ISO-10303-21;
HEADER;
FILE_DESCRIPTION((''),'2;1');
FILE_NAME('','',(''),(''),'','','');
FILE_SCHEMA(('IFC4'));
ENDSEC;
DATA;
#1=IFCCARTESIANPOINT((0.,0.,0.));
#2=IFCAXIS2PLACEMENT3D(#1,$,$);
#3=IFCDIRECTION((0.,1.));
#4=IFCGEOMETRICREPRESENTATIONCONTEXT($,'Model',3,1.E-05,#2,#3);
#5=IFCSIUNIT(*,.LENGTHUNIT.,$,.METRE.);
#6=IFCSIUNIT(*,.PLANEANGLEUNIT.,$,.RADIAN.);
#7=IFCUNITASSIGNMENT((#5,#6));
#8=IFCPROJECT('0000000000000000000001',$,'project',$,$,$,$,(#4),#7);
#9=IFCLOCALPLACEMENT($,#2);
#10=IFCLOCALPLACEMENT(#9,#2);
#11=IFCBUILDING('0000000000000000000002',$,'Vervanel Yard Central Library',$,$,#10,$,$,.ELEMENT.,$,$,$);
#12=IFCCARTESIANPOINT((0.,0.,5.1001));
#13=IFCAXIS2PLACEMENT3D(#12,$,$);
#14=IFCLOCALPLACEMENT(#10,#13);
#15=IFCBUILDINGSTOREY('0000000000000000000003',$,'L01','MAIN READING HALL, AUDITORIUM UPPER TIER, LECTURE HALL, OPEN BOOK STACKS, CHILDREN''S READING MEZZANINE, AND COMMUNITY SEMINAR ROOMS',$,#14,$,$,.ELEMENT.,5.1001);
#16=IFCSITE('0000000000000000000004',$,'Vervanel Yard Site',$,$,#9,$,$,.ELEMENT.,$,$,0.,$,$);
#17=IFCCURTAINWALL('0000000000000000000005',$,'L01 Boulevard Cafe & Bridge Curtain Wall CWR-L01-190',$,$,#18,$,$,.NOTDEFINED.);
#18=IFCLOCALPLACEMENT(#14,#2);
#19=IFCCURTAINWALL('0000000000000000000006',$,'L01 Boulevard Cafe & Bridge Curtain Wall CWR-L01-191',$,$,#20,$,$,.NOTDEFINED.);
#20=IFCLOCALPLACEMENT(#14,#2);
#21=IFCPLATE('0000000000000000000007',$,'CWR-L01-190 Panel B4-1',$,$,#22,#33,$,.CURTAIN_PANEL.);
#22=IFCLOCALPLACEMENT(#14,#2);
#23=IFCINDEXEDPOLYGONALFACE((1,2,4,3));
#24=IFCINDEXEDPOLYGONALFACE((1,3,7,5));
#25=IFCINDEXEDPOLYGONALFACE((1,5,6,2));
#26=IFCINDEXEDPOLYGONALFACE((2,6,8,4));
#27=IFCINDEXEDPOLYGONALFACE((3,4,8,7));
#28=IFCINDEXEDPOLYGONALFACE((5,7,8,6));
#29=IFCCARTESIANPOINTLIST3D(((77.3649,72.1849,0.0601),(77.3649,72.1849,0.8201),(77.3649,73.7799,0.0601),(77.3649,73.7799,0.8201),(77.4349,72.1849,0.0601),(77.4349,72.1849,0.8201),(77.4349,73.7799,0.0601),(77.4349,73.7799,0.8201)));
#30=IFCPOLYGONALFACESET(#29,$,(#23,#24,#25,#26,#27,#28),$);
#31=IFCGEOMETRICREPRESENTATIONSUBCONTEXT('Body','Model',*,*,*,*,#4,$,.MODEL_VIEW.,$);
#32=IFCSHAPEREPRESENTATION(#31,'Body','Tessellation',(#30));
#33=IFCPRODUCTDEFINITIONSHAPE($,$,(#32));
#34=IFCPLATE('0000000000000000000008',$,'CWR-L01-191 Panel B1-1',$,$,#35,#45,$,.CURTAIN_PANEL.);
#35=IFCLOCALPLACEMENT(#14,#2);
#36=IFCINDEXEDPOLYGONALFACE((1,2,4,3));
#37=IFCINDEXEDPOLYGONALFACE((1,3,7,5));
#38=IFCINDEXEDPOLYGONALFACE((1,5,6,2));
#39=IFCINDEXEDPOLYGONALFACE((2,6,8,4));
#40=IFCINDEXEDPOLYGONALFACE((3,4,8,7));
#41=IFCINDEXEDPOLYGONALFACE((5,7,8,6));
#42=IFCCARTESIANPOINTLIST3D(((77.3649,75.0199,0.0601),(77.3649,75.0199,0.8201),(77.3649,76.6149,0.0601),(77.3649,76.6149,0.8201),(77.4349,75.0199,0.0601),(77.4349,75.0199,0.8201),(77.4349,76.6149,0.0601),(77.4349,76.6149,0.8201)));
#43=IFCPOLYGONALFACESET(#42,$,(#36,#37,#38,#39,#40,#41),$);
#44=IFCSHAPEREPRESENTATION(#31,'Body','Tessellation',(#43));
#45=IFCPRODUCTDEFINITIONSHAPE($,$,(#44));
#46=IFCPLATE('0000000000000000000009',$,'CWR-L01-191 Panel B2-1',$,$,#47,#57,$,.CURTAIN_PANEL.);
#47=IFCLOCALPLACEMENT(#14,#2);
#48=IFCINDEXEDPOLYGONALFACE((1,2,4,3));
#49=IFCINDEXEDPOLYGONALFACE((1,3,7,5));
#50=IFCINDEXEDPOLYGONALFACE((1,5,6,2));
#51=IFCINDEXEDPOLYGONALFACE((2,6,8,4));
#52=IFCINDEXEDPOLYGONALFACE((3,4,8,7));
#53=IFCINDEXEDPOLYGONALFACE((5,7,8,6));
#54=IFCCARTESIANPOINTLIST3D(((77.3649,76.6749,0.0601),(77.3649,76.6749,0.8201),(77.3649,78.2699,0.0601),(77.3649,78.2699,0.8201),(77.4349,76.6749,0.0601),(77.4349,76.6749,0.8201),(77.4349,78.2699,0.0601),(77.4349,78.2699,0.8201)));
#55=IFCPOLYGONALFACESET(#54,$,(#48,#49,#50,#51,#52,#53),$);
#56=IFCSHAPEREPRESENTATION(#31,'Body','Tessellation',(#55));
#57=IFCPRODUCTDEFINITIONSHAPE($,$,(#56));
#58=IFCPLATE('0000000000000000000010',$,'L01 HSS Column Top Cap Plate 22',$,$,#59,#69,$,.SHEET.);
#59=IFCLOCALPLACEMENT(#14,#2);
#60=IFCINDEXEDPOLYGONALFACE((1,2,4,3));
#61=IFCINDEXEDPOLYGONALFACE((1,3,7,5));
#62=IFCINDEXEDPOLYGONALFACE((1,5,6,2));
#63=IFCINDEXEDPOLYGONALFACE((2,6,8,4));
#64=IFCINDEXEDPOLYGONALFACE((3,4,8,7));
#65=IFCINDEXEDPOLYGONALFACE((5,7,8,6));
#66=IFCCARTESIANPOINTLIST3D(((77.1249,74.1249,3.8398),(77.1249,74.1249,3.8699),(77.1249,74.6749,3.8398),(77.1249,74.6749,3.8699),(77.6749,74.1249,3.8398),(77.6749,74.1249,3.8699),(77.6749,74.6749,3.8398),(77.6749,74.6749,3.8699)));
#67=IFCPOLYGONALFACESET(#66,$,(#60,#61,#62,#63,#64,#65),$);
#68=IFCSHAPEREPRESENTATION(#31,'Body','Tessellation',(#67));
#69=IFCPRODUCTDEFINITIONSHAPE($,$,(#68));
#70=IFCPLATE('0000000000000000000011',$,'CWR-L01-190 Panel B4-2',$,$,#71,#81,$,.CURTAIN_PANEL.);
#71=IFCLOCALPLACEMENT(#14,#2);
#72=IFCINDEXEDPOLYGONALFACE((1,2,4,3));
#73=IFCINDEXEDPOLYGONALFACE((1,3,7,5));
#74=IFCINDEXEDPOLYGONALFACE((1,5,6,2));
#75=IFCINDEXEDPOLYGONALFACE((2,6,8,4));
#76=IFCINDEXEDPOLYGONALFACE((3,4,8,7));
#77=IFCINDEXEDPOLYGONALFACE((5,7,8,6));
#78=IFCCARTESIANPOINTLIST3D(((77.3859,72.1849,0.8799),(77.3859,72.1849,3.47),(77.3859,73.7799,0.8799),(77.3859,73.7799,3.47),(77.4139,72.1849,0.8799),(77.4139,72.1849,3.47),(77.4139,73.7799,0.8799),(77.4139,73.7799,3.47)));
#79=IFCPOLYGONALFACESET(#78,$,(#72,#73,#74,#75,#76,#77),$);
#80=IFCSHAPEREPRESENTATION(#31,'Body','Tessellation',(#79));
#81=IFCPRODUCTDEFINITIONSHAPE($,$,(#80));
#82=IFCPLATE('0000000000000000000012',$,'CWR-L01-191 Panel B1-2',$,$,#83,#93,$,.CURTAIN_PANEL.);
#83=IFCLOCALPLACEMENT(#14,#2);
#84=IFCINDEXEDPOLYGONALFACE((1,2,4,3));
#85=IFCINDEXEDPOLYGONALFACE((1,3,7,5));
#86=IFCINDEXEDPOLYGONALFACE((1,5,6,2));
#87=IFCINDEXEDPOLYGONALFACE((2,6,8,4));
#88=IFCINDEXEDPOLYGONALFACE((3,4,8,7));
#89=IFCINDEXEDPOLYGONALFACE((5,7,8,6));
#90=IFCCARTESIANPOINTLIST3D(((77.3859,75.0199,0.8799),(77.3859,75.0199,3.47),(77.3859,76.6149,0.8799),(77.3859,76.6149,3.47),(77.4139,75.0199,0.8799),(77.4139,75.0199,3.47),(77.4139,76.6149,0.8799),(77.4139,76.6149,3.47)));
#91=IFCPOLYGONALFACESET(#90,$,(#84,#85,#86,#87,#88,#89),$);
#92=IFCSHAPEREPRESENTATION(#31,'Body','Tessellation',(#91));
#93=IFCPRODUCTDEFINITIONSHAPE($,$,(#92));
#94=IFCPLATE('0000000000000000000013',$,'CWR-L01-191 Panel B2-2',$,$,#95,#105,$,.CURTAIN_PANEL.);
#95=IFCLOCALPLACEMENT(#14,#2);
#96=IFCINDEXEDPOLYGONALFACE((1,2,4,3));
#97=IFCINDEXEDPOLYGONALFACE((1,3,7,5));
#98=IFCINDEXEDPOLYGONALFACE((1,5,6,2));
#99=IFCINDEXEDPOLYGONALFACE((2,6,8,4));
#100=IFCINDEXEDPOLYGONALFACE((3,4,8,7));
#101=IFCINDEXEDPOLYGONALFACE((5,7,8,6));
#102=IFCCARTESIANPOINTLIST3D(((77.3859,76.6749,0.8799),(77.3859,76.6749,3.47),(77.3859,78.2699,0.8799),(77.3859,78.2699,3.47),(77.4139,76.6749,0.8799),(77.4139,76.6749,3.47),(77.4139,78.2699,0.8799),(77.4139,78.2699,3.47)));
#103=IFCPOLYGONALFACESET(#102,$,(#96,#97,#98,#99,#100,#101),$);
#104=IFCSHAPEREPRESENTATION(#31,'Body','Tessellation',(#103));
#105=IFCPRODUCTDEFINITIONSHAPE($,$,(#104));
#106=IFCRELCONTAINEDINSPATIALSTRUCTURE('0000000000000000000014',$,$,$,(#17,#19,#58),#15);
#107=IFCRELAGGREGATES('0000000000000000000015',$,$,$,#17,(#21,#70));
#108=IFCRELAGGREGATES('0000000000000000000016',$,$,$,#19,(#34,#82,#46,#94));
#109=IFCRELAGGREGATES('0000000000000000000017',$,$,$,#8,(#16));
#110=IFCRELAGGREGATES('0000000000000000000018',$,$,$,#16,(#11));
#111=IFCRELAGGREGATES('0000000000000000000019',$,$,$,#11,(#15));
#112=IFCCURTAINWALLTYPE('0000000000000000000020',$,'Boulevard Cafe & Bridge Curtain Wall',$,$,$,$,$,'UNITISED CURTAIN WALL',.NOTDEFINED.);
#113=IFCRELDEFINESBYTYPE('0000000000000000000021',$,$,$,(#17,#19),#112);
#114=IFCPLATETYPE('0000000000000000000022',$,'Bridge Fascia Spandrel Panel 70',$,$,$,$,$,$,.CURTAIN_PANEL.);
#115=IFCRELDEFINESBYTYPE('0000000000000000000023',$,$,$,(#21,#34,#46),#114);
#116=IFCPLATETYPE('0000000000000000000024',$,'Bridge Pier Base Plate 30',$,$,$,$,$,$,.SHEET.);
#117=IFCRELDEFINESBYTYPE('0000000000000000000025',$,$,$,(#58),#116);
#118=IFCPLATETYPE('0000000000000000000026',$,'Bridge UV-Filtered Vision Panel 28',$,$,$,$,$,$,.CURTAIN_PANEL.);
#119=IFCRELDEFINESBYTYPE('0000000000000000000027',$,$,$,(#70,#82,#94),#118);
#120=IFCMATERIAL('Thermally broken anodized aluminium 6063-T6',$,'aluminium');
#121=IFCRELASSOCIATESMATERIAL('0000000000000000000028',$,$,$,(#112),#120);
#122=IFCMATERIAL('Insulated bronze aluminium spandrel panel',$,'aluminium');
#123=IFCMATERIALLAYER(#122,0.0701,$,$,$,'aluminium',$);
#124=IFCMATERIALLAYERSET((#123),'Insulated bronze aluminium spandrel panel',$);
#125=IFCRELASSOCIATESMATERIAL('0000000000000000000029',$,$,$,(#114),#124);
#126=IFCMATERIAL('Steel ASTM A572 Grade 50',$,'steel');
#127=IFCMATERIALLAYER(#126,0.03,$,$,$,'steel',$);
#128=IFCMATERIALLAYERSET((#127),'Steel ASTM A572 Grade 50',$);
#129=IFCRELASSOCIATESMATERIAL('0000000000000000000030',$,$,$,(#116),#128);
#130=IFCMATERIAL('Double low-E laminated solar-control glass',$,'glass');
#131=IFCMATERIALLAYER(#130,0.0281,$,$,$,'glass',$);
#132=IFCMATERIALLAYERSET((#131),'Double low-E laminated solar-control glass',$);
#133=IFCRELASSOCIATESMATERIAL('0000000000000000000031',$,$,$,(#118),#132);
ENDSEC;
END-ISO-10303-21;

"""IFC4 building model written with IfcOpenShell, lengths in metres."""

from ifc_helpers import new_model, si_unit, direction, frame, origin, origin_2d, place, context, subcontext, project, spatial, rectangle, extrude, material, layer, layer_set, type_object, element, aggregate, save


model = new_model("IFC4")

# Units and contexts
model_context = context("Model", 3, precision=1e-05, world=origin(), true_north=direction((0.0, 1.0)))
body_context = subcontext(model_context, "Body", "Model", "MODEL_VIEW")
ifc_project = project(units=[si_unit("LENGTHUNIT", "METRE"), si_unit("PLANEANGLEUNIT", "RADIAN")], contexts=[model_context])

# Site, building, storey
site_placement = place(None, origin())
site = spatial("IfcSite", under=ifc_project, at=site_placement, Name="Vervanel Yard Site", CompositionType="ELEMENT", RefElevation=0.0)
building_placement = place(site_placement, origin())
building = spatial("IfcBuilding", under=site, at=building_placement, Name="Vervanel Yard Central Library", CompositionType="ELEMENT")
storey_placement = place(building_placement, frame((0.0, 0.0, 5.1001)))
storey = spatial("IfcBuildingStorey", under=building, at=storey_placement, Name="L01", Description="MAIN READING HALL, AUDITORIUM UPPER TIER, LECTURE HALL, OPEN BOOK STACKS, CHILDREN'S READING MEZZANINE, AND COMMUNITY SEMINAR ROOMS", CompositionType="ELEMENT", Elevation=5.1001)

# Curtain wall
ifc_material_1 = material(Name="Thermally broken anodized aluminium 6063-T6", Category="aluminium")
curtain_wall_type = type_object("IfcCurtainWallType", Name="Boulevard Cafe & Bridge Curtain Wall", ElementType="UNITISED CURTAIN WALL", PredefinedType="NOTDEFINED", material=ifc_material_1)
curtain_wall_1_placement = place(storey_placement, origin())
curtain_wall_1 = element("IfcCurtainWall", 1, at=curtain_wall_1_placement, inside=storey, type_object=curtain_wall_type, Name="L01 Boulevard Cafe & Bridge Curtain Wall CWR-L01-190", PredefinedType="NOTDEFINED")

# Curtain wall
curtain_wall_2_placement = place(storey_placement, origin())
curtain_wall_2 = element("IfcCurtainWall", 2, at=curtain_wall_2_placement, inside=storey, type_object=curtain_wall_type, Name="L01 Boulevard Cafe & Bridge Curtain Wall CWR-L01-191", PredefinedType="NOTDEFINED")

# Plates
ifc_material_2 = material(Name="Insulated bronze aluminium spandrel panel", Category="aluminium")
ifc_layer_1 = layer(ifc_material_2, 0.0701, Category="aluminium")
ifc_layer_set_1 = layer_set([ifc_layer_1], Name="Insulated bronze aluminium spandrel panel")
plate_type_1 = type_object("IfcPlateType", Name="Bridge Fascia Spandrel Panel 70", PredefinedType="CURTAIN_PANEL", material=ifc_layer_set_1)
plate_1_placement = place(storey_placement, frame((77.3999, 72.9824, 0.0601), z_axis=(0.0, 0.0, 1.0), x_axis=(0.0, 1.0, 0.0)))
plate_1 = element("IfcPlate", 3, at=plate_1_placement, type_object=plate_type_1, Name="CWR-L01-190 Panel B4-1", PredefinedType="CURTAIN_PANEL", context=body_context, shape_type="SweptSolid", body=[
    extrude(rectangle(XDim=1.595, YDim=0.0701, at=origin_2d()), origin(), (0.0, 0.0, 1.0), 0.76),
])
plate_2_placement = place(storey_placement, frame((77.3999, 75.8174, 0.0601), z_axis=(0.0, 0.0, 1.0), x_axis=(0.0, 1.0, 0.0)))
plate_2 = element("IfcPlate", 4, at=plate_2_placement, type_object=plate_type_1, Name="CWR-L01-191 Panel B1-1", PredefinedType="CURTAIN_PANEL", context=body_context, shape_type="SweptSolid", body=[
    extrude(rectangle(XDim=1.595, YDim=0.0701, at=origin_2d()), origin(), (0.0, 0.0, 1.0), 0.76),
])
plate_3_placement = place(storey_placement, frame((77.3999, 77.4724, 0.0601), z_axis=(0.0, 0.0, 1.0), x_axis=(0.0, 1.0, 0.0)))
plate_3 = element("IfcPlate", 5, at=plate_3_placement, type_object=plate_type_1, Name="CWR-L01-191 Panel B2-1", PredefinedType="CURTAIN_PANEL", context=body_context, shape_type="SweptSolid", body=[
    extrude(rectangle(XDim=1.595, YDim=0.0701, at=origin_2d()), origin(), (0.0, 0.0, 1.0), 0.76),
])
ifc_material_3 = material(Name="Steel ASTM A572 Grade 50", Category="steel")
ifc_layer_2 = layer(ifc_material_3, 0.03, Category="steel")
ifc_layer_set_2 = layer_set([ifc_layer_2], Name="Steel ASTM A572 Grade 50")
plate_type_2 = type_object("IfcPlateType", Name="Bridge Pier Base Plate 30", PredefinedType="SHEET", material=ifc_layer_set_2)
plate_4_placement = place(storey_placement, frame((77.3999, 74.3999, 3.8398), z_axis=(0.0, 0.0, 1.0), x_axis=(1.0, 0.0, 0.0)))
element("IfcPlate", 6, at=plate_4_placement, inside=storey, type_object=plate_type_2, Name="L01 HSS Column Top Cap Plate 22", PredefinedType="SHEET", context=body_context, shape_type="SweptSolid", body=[
    extrude(rectangle(XDim=0.55, YDim=0.55, at=origin_2d()), origin(), (0.0, 0.0, 1.0), 0.03),
])
ifc_material_4 = material(Name="Double low-E laminated solar-control glass", Category="glass")
ifc_layer_3 = layer(ifc_material_4, 0.0281, Category="glass")
ifc_layer_set_3 = layer_set([ifc_layer_3], Name="Double low-E laminated solar-control glass")
plate_type_3 = type_object("IfcPlateType", Name="Bridge UV-Filtered Vision Panel 28", PredefinedType="CURTAIN_PANEL", material=ifc_layer_set_3)
plate_5_placement = place(storey_placement, frame((77.3999, 72.9824, 0.8799), z_axis=(0.0, 0.0, 1.0), x_axis=(0.0, 1.0, 0.0)))
plate_5 = element("IfcPlate", 7, at=plate_5_placement, type_object=plate_type_3, Name="CWR-L01-190 Panel B4-2", PredefinedType="CURTAIN_PANEL", context=body_context, shape_type="SweptSolid", body=[
    extrude(rectangle(XDim=1.595, YDim=0.0281, at=origin_2d()), origin(), (0.0, 0.0, 1.0), 2.5901),
])
aggregate(curtain_wall_1, [plate_1, plate_5])
plate_6_placement = place(storey_placement, frame((77.3999, 75.8174, 0.8799), z_axis=(0.0, 0.0, 1.0), x_axis=(0.0, 1.0, 0.0)))
plate_6 = element("IfcPlate", 8, at=plate_6_placement, type_object=plate_type_3, Name="CWR-L01-191 Panel B1-2", PredefinedType="CURTAIN_PANEL", context=body_context, shape_type="SweptSolid", body=[
    extrude(rectangle(XDim=1.595, YDim=0.0281, at=origin_2d()), origin(), (0.0, 0.0, 1.0), 2.5901),
])
plate_7_placement = place(storey_placement, frame((77.3999, 77.4724, 0.8799), z_axis=(0.0, 0.0, 1.0), x_axis=(0.0, 1.0, 0.0)))
plate_7 = element("IfcPlate", 9, at=plate_7_placement, type_object=plate_type_3, Name="CWR-L01-191 Panel B2-2", PredefinedType="CURTAIN_PANEL", context=body_context, shape_type="SweptSolid", body=[
    extrude(rectangle(XDim=1.595, YDim=0.0281, at=origin_2d()), origin(), (0.0, 0.0, 1.0), 2.5901),
])
aggregate(curtain_wall_2, [plate_2, plate_6, plate_3, plate_7])

save(model, "model.ifc")
